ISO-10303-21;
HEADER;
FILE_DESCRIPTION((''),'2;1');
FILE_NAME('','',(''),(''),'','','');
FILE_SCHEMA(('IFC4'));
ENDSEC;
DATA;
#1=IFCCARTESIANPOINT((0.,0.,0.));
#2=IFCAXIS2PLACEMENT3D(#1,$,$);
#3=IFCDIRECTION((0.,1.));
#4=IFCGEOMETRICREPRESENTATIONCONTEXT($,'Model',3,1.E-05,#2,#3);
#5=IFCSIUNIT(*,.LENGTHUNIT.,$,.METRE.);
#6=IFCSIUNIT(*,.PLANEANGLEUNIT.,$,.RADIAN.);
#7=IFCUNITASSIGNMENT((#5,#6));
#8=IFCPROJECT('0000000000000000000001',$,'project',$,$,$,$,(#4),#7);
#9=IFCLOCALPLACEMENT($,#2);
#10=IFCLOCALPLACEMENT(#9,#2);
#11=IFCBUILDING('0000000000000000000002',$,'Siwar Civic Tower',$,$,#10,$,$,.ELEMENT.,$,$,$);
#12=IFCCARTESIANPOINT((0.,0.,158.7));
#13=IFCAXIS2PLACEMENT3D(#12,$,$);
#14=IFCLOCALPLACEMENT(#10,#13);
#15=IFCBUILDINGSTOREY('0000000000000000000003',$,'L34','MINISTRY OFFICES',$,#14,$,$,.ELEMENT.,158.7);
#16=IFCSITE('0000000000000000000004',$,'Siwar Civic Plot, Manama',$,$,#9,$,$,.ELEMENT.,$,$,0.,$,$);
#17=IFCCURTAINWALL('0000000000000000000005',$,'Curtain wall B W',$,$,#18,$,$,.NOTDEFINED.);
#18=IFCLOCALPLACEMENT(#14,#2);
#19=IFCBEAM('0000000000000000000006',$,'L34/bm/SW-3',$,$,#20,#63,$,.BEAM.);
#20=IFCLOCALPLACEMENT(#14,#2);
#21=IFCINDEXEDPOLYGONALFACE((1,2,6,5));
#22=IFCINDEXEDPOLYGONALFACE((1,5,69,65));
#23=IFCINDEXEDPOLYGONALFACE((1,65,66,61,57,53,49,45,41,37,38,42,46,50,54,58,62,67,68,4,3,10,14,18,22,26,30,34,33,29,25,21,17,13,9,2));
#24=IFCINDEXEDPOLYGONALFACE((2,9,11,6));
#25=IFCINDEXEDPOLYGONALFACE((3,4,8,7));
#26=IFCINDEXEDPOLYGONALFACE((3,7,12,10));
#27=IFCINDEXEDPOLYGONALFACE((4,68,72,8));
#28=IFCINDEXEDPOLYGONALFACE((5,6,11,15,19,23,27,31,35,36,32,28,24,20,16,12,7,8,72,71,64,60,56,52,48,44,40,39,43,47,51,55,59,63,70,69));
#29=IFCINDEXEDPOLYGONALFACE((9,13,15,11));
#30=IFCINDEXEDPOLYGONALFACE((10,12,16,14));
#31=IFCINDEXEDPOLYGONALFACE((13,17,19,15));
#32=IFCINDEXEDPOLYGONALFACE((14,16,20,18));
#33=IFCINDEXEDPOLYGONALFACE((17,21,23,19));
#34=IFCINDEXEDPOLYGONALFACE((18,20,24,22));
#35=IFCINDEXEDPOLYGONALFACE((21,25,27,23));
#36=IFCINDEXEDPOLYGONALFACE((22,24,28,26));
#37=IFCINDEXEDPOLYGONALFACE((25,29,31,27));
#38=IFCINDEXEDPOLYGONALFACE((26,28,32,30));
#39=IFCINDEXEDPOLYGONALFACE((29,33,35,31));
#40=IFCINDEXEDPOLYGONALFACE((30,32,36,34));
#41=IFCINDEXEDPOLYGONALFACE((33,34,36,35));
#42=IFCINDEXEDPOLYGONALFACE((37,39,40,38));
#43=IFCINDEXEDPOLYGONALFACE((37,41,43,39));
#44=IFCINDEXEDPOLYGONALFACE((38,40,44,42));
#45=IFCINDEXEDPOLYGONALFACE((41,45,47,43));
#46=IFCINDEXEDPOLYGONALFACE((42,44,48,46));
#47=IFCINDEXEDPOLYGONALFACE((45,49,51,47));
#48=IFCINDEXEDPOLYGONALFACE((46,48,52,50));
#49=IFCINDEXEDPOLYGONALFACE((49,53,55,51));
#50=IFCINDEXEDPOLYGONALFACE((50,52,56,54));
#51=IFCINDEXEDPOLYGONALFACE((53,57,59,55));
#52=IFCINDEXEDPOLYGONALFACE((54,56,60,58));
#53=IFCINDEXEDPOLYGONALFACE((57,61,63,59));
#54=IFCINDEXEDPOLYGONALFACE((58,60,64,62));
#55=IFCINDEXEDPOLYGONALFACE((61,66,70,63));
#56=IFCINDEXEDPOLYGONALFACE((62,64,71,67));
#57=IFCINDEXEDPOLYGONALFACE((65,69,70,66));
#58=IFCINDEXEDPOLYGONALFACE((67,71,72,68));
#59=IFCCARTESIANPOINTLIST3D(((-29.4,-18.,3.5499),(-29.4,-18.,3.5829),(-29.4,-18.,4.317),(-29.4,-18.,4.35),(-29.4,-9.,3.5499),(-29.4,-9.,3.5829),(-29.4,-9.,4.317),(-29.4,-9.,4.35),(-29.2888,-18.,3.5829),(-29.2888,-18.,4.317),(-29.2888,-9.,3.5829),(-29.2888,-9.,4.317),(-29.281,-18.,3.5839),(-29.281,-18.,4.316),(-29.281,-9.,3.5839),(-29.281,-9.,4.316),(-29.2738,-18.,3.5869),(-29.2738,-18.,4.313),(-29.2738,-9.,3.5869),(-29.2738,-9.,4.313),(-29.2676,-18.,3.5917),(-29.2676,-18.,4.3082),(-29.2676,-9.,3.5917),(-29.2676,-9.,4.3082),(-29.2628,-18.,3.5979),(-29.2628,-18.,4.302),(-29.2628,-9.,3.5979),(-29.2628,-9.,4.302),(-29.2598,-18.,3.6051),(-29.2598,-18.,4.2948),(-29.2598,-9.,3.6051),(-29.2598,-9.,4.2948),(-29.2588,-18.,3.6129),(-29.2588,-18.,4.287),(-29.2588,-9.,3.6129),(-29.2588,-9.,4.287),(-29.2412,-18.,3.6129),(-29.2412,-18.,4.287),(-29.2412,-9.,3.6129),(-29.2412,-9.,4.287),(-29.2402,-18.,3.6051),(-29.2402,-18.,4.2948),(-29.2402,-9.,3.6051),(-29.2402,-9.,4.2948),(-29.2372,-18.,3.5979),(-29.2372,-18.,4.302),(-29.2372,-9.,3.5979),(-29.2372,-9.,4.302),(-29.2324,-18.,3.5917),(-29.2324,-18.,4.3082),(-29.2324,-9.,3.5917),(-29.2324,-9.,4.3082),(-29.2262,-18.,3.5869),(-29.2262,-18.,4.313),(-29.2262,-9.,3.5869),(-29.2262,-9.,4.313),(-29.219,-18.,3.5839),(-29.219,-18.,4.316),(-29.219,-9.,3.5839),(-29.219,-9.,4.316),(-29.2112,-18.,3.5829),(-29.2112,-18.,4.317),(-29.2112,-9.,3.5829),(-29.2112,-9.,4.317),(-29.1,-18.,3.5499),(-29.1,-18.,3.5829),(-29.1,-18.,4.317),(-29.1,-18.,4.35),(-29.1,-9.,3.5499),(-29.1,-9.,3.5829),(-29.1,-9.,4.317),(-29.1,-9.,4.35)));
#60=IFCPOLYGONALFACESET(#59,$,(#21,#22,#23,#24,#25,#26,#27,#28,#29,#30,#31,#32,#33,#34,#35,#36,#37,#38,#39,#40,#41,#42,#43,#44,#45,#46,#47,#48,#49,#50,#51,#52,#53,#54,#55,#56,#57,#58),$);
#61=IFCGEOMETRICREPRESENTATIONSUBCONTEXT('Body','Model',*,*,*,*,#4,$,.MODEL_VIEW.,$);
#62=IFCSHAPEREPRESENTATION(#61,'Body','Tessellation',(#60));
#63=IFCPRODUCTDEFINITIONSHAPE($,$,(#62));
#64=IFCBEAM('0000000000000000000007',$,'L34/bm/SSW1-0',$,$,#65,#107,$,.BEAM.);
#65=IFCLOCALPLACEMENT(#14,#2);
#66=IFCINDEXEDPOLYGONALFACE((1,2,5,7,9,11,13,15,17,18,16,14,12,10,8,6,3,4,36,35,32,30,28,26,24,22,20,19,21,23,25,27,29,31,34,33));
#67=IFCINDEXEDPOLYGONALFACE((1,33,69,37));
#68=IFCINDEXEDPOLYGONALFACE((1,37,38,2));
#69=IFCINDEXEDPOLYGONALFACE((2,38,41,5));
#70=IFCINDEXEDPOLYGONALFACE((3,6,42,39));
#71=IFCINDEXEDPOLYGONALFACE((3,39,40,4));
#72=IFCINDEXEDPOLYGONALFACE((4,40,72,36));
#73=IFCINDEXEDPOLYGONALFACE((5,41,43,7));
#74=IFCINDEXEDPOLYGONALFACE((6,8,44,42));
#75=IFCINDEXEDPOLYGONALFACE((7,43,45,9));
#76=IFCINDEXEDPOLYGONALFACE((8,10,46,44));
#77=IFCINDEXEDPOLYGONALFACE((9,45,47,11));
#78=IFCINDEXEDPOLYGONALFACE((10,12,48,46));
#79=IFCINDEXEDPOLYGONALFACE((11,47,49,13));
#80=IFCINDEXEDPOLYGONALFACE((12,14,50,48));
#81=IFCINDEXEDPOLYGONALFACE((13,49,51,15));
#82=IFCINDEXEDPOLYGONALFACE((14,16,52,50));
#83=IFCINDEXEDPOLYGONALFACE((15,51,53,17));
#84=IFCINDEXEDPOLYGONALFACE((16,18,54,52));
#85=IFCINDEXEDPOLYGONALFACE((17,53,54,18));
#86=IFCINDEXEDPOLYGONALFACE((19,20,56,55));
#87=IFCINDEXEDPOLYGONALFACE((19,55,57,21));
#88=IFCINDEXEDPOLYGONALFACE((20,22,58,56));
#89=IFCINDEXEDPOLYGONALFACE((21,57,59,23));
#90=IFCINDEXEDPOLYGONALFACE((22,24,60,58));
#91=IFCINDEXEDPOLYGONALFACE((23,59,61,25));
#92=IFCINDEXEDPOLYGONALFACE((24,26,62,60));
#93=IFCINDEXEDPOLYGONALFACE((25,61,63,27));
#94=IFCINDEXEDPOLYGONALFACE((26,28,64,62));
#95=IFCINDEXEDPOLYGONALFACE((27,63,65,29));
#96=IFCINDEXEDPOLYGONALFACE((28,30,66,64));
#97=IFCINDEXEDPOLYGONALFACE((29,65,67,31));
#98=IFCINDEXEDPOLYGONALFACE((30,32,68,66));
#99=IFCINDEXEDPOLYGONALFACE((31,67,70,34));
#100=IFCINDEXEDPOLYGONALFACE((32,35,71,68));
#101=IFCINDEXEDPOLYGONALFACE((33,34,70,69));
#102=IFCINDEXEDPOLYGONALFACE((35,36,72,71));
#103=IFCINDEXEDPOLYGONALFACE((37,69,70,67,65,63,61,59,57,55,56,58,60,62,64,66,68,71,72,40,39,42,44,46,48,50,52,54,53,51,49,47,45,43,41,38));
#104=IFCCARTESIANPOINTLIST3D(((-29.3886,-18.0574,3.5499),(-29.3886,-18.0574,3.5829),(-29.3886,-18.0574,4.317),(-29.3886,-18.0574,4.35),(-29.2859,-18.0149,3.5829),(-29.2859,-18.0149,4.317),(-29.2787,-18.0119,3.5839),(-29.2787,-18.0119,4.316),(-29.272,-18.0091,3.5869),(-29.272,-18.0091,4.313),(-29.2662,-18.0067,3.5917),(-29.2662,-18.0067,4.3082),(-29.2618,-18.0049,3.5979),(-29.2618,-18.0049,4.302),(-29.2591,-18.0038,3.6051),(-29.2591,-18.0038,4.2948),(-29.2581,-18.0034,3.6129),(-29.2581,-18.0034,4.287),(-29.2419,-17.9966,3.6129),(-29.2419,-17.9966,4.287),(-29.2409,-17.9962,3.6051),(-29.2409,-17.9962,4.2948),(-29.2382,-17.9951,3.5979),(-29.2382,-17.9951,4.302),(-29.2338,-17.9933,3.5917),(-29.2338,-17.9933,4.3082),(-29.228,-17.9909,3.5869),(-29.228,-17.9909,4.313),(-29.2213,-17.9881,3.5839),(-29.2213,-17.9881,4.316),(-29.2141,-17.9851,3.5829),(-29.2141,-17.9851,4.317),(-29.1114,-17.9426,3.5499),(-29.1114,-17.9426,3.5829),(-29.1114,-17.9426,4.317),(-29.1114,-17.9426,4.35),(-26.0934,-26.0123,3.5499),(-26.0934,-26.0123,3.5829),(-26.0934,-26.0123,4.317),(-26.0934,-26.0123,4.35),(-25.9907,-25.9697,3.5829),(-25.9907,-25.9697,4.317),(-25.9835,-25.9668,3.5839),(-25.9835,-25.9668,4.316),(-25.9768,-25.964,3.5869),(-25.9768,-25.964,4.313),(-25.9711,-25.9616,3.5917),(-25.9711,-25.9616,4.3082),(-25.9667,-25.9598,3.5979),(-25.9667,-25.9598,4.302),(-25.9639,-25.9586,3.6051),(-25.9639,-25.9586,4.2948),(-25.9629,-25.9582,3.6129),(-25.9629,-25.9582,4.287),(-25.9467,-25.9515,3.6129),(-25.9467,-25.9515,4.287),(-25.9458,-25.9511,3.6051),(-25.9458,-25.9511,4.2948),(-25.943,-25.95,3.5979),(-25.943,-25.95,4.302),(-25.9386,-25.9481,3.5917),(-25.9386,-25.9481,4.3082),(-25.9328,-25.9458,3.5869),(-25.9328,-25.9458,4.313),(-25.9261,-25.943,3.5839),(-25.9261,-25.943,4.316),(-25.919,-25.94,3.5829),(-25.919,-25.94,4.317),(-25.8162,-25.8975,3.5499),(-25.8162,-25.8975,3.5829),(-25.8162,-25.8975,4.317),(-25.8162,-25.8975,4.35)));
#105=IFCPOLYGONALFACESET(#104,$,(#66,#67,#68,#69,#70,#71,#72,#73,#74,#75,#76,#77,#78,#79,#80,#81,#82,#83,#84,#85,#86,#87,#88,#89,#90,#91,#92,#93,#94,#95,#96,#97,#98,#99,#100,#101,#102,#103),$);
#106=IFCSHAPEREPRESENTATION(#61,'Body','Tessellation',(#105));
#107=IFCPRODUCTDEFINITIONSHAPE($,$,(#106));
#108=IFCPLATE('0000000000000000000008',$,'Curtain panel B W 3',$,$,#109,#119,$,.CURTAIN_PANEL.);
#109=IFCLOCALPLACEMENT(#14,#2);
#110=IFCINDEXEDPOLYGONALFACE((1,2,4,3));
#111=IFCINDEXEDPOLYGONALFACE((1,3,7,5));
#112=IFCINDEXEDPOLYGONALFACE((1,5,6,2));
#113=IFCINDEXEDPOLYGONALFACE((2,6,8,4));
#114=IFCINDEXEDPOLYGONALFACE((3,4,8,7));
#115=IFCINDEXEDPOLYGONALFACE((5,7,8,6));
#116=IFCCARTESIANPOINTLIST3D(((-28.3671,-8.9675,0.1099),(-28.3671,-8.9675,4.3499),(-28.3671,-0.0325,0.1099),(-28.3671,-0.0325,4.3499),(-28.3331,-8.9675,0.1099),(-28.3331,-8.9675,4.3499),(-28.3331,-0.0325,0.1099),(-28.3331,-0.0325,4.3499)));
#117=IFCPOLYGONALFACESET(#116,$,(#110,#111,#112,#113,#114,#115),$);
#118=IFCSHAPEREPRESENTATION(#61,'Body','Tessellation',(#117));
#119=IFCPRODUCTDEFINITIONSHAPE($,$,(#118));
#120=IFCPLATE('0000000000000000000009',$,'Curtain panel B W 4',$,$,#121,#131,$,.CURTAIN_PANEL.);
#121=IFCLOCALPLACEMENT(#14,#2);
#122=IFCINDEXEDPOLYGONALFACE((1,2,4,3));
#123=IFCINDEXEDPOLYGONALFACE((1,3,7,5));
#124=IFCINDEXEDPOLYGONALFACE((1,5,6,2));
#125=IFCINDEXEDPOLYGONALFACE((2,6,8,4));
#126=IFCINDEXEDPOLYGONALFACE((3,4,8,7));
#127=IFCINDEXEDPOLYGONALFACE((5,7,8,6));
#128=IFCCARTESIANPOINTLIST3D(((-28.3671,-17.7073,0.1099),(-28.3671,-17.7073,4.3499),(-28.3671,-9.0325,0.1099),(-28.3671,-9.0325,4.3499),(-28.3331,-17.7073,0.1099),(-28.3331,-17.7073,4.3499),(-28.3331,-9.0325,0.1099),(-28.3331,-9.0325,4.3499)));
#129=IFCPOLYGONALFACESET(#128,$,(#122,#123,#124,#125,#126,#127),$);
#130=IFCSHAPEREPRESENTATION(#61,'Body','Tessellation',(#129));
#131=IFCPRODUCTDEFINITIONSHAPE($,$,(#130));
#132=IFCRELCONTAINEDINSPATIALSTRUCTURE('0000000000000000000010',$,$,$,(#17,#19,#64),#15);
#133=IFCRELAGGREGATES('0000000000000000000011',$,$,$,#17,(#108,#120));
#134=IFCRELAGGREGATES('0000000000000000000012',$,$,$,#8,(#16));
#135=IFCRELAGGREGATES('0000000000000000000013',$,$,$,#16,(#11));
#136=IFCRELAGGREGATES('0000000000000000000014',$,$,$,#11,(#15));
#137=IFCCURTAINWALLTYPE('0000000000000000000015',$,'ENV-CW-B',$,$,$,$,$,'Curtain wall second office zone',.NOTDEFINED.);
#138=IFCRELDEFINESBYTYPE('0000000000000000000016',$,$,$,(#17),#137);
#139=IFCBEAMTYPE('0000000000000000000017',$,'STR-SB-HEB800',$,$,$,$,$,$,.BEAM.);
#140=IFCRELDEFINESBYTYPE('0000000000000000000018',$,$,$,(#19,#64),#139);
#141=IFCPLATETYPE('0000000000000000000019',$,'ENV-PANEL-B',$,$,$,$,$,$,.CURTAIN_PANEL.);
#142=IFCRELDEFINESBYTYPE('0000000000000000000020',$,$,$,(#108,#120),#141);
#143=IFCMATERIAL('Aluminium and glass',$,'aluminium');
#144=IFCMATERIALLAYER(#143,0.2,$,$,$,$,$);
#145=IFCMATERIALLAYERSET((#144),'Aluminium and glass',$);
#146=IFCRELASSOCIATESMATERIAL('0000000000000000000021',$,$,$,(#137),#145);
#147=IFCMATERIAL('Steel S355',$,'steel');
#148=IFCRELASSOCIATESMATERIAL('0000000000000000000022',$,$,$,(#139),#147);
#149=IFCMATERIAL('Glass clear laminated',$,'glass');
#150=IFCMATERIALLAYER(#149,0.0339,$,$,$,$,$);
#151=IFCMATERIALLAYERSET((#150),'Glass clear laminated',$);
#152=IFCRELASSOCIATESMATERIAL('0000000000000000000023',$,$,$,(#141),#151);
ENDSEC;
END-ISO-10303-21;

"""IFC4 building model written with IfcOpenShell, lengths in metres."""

from ifc_helpers import new_model, si_unit, direction, frame, origin, origin_2d, place, context, subcontext, project, spatial, rectangle, i_section, extrude, material, layer, layer_set, material_profile, profile_set, type_object, element, aggregate, save


model = new_model("IFC4")

# Units and contexts
model_context = context("Model", 3, precision=1e-05, world=origin(), true_north=direction((0.0, 1.0)))
body_context = subcontext(model_context, "Body", "Model", "MODEL_VIEW")
ifc_project = project(units=[si_unit("LENGTHUNIT", "METRE"), si_unit("PLANEANGLEUNIT", "RADIAN")], contexts=[model_context])

# Site, building, storey
site_placement = place(None, origin())
site = spatial("IfcSite", under=ifc_project, at=site_placement, Name="Siwar Civic Plot, Manama", CompositionType="ELEMENT", RefElevation=0.0)
building_placement = place(site_placement, origin())
building = spatial("IfcBuilding", under=site, at=building_placement, Name="Siwar Civic Tower", CompositionType="ELEMENT")
storey_placement = place(building_placement, frame((0.0, 0.0, 158.7)))
storey = spatial("IfcBuildingStorey", under=building, at=storey_placement, Name="L34", Description="MINISTRY OFFICES", CompositionType="ELEMENT", Elevation=158.7)

# Curtain wall
ifc_material_1 = material(Name="Aluminium and glass", Category="aluminium")
ifc_layer_1 = layer(ifc_material_1, 0.2)
ifc_layer_set_1 = layer_set([ifc_layer_1], Name="Aluminium and glass")
curtain_wall_type_1 = type_object("IfcCurtainWallType", Name="ENV-CW-B", ElementType="Curtain wall second office zone", PredefinedType="NOTDEFINED", material=ifc_layer_set_1)
curtain_wall_1_placement = place(storey_placement, origin())
curtain_wall_1 = element("IfcCurtainWall", 1, at=curtain_wall_1_placement, inside=storey, type_object=curtain_wall_type_1, Name="Curtain wall B W", PredefinedType="NOTDEFINED")

# Beams
ifc_material_2 = material(Name="Steel S355", Category="steel")
ifc_material_profile_1 = material_profile(ifc_material_2, i_section(OverallWidth=0.3, OverallDepth=0.8, WebThickness=0.0176, FlangeThickness=0.033, FilletRadius=0.03, at=origin_2d()), Name="HEB800")
ifc_profile_set_1 = profile_set([ifc_material_profile_1], Name="Steel S355")
beam_type_1 = type_object("IfcBeamType", Name="STR-SB-HEB800", PredefinedType="BEAM", material=ifc_profile_set_1)
for number, where, z_axis, x_axis, name in (
    (2, (-29.25, -9.0, 3.95), (0.0, -1.0, 0.0), (1.0, 0.0, 0.0), "L34/bm/SW-3"),
):
    element("IfcBeam", number, at=place(storey_placement, frame(where, z_axis=z_axis, x_axis=x_axis)), inside=storey, type_object=beam_type_1, Name=name, PredefinedType="BEAM", context=body_context, shape_type="SweptSolid", body=[
        extrude(i_section(OverallWidth=0.3, OverallDepth=0.8, WebThickness=0.0176, FlangeThickness=0.033, FilletRadius=0.03, at=origin_2d()), origin(), (0.0, 0.0, 1.0), 9.0),
    ])
beam_1_placement = place(storey_placement, frame((-29.25, -18.0, 3.95), z_axis=(0.3827, -0.923873, 0.0), x_axis=(0.923873, 0.3827, 0.0)))
element("IfcBeam", 3, at=beam_1_placement, inside=storey, type_object=beam_type_1, Name="L34/bm/SSW1-0", PredefinedType="BEAM", context=body_context, shape_type="SweptSolid", body=[
    extrude(i_section(OverallWidth=0.3, OverallDepth=0.8, WebThickness=0.0176, FlangeThickness=0.033, FilletRadius=0.03, at=origin_2d()), origin(), (0.0, 0.0, 1.0), 8.6104),
])

# Plates
ifc_material_3 = material(Name="Glass clear laminated", Category="glass")
ifc_layer_2 = layer(ifc_material_3, 0.0339)
ifc_layer_set_2 = layer_set([ifc_layer_2], Name="Glass clear laminated")
plate_type = type_object("IfcPlateType", Name="ENV-PANEL-B", PredefinedType="CURTAIN_PANEL", material=ifc_layer_set_2)
plate_1_placement = place(storey_placement, frame((-28.3501, -4.5, 0.1099), z_axis=(0.0, 0.0, 1.0), x_axis=(0.0, -1.0, 0.0)))
plate_1 = element("IfcPlate", 4, at=plate_1_placement, type_object=plate_type, Name="Curtain panel B W 3", PredefinedType="CURTAIN_PANEL", context=body_context, shape_type="SweptSolid", body=[
    extrude(rectangle(XDim=8.9351, YDim=0.0339, at=origin_2d()), origin(), (0.0, 0.0, 1.0), 4.24),
])
plate_2_placement = place(storey_placement, frame((-28.3501, -13.3699, 0.1099), z_axis=(0.0, 0.0, 1.0), x_axis=(0.0, -1.0, 0.0)))
plate_2 = element("IfcPlate", 5, at=plate_2_placement, type_object=plate_type, Name="Curtain panel B W 4", PredefinedType="CURTAIN_PANEL", context=body_context, shape_type="SweptSolid", body=[
    extrude(rectangle(XDim=8.6748, YDim=0.0339, at=origin_2d()), origin(), (0.0, 0.0, 1.0), 4.24),
])
aggregate(curtain_wall_1, [plate_1, plate_2])

save(model, "model.ifc")
